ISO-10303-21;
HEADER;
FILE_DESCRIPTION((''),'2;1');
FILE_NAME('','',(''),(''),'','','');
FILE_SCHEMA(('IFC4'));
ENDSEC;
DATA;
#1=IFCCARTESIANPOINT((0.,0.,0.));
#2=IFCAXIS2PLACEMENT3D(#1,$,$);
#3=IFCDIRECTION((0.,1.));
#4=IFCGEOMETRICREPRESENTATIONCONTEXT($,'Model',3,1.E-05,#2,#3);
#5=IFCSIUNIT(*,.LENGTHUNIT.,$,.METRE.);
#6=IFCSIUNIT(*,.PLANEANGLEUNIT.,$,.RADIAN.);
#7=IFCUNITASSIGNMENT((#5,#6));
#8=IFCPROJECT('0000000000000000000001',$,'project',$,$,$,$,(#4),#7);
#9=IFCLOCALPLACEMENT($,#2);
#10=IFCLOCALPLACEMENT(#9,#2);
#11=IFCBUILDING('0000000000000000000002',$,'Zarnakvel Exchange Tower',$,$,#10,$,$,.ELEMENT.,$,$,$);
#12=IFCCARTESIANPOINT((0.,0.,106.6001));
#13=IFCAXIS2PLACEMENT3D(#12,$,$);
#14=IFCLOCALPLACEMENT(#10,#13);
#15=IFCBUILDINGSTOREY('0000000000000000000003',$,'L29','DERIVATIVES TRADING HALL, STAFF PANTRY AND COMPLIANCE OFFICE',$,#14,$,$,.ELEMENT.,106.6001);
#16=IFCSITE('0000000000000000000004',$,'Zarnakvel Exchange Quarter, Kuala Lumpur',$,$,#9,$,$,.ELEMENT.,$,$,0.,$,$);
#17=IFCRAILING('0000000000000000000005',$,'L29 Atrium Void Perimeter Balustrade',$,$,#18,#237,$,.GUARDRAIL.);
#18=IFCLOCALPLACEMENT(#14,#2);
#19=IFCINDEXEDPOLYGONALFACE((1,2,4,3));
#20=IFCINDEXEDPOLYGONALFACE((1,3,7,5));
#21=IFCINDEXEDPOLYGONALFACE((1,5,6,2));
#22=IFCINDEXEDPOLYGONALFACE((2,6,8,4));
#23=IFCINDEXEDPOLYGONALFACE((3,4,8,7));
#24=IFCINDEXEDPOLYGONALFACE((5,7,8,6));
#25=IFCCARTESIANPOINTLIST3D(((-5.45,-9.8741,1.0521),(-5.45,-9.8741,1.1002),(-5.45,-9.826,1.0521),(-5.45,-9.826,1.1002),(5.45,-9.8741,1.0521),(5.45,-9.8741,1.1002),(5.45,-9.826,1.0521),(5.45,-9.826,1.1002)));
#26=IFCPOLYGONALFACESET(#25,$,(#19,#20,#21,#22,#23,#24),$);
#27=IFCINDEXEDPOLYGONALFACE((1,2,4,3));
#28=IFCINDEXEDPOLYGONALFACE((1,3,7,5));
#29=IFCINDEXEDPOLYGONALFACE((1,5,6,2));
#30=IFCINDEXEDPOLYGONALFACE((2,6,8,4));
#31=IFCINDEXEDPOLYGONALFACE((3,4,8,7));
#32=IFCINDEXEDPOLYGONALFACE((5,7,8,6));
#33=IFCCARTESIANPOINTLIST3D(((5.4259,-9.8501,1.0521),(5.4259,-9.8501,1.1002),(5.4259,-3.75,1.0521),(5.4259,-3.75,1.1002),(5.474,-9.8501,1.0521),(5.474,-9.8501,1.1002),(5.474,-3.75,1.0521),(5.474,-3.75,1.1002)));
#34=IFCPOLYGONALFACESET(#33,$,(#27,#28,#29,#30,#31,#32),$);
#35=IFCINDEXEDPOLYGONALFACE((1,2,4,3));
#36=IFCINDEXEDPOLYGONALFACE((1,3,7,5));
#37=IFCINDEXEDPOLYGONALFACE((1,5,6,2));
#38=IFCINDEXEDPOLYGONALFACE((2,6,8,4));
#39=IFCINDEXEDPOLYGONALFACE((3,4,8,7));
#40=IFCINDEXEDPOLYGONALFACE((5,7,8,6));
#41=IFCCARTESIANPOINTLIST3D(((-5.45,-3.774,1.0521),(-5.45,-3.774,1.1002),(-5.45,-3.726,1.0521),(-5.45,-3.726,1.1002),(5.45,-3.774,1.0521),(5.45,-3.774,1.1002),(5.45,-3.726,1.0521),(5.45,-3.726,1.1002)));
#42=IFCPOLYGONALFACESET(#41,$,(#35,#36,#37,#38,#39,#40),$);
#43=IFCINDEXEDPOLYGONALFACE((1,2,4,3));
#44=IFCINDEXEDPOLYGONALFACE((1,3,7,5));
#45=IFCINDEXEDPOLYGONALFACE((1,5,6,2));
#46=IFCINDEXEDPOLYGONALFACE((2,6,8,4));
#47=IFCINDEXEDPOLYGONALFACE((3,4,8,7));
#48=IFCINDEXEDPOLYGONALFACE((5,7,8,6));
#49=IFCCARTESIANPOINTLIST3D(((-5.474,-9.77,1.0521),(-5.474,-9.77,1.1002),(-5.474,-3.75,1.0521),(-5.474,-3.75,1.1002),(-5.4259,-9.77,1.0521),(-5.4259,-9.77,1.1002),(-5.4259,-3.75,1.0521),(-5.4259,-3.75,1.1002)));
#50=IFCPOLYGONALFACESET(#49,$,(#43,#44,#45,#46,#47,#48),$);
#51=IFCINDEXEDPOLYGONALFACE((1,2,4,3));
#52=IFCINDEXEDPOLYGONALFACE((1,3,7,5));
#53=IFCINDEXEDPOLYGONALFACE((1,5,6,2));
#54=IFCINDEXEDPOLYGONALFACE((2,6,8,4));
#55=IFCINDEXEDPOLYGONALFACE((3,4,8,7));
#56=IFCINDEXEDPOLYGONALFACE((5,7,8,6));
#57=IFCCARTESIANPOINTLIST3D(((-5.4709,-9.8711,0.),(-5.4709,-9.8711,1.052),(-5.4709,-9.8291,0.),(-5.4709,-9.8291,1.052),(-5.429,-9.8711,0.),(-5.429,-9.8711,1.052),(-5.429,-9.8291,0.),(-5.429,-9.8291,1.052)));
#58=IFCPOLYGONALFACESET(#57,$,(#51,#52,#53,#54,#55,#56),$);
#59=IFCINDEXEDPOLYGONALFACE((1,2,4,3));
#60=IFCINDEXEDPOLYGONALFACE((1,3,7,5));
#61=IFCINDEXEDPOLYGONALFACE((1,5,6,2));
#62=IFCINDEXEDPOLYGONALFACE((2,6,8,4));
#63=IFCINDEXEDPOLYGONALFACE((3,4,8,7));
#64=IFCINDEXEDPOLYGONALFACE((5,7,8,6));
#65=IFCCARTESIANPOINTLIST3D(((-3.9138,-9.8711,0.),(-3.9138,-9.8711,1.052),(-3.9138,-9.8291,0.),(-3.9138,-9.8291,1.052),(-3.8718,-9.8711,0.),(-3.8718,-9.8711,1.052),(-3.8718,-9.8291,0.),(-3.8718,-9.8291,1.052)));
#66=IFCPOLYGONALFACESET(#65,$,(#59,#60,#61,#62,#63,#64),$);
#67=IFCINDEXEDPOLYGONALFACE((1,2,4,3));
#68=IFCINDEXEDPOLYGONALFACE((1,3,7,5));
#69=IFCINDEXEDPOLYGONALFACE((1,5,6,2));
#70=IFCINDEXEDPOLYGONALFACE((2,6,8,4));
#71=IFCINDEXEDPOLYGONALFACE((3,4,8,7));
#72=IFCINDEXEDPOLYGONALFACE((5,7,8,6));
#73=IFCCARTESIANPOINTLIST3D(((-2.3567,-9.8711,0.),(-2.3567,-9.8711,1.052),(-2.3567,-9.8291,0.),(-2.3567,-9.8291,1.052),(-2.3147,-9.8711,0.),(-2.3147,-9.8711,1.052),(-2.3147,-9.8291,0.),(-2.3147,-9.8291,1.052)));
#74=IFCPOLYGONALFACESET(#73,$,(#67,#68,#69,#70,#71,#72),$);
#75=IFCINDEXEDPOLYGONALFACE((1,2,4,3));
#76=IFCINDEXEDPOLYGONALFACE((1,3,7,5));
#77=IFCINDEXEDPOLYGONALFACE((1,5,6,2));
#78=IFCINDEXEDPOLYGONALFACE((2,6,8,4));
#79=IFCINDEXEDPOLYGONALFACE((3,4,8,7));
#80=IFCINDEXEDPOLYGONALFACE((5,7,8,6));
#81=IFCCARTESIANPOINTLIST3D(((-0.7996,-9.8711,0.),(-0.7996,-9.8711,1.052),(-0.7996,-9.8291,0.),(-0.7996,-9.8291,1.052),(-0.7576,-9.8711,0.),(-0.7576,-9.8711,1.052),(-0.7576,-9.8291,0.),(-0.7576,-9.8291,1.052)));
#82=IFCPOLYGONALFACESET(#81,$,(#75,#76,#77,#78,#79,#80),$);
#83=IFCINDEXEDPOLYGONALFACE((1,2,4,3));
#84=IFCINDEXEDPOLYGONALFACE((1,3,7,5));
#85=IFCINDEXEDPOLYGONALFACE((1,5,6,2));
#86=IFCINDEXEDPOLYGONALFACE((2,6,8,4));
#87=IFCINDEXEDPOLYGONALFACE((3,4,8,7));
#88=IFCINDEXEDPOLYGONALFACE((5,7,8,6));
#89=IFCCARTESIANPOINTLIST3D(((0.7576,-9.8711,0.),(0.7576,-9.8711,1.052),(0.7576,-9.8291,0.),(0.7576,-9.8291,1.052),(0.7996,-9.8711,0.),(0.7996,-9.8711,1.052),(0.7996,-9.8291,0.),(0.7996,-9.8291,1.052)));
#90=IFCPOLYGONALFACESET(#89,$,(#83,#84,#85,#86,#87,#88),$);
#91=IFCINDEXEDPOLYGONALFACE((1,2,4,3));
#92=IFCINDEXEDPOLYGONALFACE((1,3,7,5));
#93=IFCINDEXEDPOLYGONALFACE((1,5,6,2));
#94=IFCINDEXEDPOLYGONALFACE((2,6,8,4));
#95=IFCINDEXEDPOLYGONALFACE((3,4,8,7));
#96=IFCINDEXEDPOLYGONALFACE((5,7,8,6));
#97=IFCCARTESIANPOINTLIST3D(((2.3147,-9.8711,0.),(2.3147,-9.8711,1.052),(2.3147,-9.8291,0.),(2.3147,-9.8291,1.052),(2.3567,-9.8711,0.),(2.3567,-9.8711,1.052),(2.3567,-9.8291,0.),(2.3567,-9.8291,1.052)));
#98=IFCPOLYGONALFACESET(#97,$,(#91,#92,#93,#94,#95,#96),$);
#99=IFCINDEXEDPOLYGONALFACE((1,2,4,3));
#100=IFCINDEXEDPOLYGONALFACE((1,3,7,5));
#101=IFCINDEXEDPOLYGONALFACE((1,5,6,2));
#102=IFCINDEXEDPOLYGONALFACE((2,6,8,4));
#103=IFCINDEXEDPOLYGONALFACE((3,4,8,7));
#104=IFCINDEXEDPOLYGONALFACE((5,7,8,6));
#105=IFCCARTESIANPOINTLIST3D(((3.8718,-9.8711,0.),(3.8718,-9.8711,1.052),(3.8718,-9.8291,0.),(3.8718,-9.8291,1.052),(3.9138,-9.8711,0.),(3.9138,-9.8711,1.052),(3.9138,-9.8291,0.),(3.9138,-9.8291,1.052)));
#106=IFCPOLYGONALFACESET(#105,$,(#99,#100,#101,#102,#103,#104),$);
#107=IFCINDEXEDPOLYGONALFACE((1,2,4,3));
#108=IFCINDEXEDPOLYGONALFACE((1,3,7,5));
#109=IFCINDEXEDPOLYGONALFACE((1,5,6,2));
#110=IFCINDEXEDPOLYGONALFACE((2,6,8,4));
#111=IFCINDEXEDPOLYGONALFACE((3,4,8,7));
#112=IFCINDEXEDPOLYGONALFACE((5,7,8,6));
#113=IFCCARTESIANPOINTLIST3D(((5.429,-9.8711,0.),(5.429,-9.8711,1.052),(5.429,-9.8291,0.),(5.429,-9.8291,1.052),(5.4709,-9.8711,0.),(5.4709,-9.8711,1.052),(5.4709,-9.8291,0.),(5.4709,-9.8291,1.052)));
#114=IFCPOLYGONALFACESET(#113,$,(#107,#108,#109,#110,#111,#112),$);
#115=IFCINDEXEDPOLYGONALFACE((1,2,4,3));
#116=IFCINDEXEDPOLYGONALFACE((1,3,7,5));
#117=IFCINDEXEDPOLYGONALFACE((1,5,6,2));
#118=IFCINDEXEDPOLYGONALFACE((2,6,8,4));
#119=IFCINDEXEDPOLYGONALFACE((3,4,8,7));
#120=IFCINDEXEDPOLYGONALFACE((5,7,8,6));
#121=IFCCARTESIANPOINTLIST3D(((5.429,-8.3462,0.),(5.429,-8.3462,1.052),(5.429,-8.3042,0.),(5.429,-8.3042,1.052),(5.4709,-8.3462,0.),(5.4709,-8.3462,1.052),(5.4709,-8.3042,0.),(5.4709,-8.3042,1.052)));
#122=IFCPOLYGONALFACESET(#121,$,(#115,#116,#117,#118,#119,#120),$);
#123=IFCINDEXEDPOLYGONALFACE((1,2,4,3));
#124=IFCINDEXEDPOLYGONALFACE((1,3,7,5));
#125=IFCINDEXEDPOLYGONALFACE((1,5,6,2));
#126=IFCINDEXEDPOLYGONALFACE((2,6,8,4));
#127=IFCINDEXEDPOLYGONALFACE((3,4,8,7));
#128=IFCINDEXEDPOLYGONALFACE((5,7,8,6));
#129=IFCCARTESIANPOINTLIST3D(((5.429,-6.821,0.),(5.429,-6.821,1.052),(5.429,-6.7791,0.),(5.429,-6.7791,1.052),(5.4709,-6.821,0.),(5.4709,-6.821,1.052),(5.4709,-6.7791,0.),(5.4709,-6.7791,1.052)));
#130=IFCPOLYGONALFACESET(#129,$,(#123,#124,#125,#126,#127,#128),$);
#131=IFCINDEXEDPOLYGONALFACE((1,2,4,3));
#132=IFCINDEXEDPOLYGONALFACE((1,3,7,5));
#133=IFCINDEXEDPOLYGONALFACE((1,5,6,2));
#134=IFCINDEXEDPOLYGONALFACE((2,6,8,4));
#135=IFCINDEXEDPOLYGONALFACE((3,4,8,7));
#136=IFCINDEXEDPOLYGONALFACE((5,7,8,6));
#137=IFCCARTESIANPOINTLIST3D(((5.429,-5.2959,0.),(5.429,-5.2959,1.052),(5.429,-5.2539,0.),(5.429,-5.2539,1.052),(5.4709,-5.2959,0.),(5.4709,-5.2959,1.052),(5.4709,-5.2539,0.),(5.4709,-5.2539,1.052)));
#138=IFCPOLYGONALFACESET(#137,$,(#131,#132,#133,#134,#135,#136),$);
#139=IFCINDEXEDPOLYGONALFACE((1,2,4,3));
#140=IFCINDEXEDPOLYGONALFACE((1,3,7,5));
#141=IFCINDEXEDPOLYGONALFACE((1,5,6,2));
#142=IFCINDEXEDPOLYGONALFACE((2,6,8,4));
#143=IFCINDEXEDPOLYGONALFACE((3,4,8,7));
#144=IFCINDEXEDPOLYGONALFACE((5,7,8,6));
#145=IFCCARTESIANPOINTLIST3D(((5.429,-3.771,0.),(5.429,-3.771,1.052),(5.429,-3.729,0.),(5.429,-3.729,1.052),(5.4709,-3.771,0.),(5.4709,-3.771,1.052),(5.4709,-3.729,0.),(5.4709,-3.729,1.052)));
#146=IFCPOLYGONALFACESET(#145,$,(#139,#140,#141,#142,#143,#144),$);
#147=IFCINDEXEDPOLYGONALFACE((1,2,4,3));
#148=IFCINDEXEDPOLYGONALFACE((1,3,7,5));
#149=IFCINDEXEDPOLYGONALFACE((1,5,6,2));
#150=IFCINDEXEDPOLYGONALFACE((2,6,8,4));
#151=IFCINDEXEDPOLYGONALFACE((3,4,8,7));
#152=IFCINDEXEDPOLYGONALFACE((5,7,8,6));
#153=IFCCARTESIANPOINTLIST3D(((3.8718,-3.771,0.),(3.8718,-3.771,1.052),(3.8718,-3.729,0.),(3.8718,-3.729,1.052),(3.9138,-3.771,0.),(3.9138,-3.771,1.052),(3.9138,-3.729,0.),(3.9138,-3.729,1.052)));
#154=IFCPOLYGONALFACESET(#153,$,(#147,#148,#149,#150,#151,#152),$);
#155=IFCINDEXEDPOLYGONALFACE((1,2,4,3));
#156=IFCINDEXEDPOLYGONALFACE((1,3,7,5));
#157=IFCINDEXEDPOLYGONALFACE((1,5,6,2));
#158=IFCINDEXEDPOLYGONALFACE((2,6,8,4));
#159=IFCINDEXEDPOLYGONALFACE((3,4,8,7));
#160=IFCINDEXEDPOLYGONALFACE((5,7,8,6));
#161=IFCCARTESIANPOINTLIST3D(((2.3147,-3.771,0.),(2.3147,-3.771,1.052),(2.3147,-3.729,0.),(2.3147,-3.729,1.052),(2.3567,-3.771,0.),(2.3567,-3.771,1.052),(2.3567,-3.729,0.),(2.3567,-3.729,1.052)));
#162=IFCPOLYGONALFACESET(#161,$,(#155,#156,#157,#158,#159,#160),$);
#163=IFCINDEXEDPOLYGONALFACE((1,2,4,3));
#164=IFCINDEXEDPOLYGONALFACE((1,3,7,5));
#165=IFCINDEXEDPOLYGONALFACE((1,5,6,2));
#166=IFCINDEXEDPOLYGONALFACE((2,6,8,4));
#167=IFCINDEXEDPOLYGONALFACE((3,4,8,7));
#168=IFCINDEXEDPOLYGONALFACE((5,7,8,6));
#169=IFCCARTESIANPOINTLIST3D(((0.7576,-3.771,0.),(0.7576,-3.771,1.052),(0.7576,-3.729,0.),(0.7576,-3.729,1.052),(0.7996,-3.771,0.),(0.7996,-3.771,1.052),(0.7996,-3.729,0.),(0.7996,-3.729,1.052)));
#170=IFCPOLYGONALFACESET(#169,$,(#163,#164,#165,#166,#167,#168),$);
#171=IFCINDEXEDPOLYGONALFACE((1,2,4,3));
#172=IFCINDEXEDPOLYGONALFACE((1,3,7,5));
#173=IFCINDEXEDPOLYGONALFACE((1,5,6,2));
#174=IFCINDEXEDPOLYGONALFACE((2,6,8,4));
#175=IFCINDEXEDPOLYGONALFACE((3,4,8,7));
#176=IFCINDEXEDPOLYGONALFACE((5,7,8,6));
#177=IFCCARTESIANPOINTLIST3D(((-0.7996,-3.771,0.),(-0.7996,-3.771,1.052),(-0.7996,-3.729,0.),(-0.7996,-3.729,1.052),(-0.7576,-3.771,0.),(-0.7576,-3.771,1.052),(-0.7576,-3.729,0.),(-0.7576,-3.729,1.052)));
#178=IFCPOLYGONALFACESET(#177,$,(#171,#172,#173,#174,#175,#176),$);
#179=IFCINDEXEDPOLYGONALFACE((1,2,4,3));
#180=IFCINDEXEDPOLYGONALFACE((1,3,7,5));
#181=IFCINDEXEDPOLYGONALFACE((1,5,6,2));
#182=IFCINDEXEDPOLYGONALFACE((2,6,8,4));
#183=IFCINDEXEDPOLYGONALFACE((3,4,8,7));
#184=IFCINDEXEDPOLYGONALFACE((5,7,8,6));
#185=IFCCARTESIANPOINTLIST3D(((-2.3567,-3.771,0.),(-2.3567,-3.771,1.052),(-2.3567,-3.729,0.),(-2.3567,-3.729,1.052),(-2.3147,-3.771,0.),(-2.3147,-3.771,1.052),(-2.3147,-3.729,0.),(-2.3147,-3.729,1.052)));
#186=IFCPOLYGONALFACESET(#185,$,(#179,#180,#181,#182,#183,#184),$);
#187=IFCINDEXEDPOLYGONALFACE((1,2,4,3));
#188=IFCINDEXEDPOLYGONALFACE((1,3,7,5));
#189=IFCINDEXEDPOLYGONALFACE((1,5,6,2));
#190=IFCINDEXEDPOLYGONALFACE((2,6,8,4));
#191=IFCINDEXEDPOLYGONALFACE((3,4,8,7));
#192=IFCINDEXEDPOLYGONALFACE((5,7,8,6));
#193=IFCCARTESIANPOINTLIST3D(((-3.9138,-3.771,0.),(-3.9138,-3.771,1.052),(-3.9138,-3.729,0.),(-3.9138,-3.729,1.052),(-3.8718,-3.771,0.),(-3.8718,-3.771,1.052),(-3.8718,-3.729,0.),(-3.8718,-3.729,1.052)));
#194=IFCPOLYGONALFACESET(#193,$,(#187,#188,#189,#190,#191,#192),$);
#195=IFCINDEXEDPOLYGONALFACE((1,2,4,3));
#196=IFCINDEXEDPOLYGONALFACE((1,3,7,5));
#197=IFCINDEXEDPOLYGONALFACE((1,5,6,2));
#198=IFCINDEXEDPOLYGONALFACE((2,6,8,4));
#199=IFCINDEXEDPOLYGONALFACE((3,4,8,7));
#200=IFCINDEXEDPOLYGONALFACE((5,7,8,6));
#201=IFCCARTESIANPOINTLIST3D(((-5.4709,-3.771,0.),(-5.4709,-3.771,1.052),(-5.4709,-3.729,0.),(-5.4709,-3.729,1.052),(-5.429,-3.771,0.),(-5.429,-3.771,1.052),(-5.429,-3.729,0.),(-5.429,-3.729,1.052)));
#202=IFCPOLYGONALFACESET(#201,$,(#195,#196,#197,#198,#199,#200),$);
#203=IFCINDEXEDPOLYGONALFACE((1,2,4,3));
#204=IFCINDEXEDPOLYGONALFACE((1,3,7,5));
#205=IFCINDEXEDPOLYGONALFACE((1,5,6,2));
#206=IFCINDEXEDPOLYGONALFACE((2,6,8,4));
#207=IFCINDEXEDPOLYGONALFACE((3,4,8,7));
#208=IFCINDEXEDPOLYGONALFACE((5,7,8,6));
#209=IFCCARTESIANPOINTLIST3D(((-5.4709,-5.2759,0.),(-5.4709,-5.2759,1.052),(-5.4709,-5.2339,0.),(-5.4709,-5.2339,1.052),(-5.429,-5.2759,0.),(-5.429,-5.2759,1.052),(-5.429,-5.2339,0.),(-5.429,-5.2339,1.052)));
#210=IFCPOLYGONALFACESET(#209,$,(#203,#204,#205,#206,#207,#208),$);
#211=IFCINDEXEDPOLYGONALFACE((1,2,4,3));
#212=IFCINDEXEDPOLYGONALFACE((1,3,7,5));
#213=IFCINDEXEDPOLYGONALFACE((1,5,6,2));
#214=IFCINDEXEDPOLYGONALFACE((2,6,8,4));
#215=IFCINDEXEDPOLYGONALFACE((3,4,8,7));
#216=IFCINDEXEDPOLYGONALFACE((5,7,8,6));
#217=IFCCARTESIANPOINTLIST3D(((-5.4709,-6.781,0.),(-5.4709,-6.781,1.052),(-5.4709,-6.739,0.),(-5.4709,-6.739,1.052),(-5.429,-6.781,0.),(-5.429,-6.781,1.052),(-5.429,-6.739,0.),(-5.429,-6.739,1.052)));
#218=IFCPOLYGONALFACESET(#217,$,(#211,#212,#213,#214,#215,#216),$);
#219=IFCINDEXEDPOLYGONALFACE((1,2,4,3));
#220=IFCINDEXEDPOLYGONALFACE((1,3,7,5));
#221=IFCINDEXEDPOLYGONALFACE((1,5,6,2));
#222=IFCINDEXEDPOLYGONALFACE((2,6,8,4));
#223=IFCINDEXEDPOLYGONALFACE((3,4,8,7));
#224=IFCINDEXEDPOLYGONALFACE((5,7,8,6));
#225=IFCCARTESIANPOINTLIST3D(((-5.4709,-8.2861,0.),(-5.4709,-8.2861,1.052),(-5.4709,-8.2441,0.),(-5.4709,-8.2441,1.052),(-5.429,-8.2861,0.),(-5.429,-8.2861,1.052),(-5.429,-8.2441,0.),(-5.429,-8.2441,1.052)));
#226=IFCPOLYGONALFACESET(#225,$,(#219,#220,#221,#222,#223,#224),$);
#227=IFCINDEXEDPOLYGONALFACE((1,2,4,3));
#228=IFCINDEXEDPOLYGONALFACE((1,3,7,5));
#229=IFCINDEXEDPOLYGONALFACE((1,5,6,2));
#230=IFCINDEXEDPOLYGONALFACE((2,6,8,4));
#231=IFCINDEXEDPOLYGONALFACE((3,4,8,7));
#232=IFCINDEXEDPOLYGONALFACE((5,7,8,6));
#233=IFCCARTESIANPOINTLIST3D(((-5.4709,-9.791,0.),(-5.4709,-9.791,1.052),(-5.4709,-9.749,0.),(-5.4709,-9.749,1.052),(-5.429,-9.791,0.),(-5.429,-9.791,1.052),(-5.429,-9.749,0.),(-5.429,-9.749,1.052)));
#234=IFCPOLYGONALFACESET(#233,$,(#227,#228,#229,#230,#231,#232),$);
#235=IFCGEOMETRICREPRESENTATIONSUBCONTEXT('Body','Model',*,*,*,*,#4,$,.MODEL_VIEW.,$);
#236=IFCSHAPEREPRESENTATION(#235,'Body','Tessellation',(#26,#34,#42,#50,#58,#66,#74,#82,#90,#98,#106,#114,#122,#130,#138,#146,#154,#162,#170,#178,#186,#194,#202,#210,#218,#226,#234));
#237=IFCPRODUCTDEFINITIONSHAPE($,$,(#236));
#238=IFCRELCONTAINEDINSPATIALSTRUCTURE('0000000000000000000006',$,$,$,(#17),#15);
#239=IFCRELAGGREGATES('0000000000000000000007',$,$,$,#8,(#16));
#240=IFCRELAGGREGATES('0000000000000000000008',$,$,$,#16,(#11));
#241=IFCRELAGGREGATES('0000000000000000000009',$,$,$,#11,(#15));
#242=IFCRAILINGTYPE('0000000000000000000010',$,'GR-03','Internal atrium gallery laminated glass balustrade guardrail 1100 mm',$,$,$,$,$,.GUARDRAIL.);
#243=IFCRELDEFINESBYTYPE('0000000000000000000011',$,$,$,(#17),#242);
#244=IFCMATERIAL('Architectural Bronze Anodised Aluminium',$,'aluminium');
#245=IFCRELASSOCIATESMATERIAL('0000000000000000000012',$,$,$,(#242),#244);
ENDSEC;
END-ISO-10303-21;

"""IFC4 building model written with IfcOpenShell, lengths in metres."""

from ifc_helpers import new_model, si_unit, direction, frame, origin, origin_2d, place, context, subcontext, project, spatial, rectangle, extrude, material, type_object, element, save


model = new_model("IFC4")

# Units and contexts
model_context = context("Model", 3, precision=1e-05, world=origin(), true_north=direction((0.0, 1.0)))
body_context = subcontext(model_context, "Body", "Model", "MODEL_VIEW")
ifc_project = project(units=[si_unit("LENGTHUNIT", "METRE"), si_unit("PLANEANGLEUNIT", "RADIAN")], contexts=[model_context])

# Site, building, storey
site_placement = place(None, origin())
site = spatial("IfcSite", under=ifc_project, at=site_placement, Name="Zarnakvel Exchange Quarter, Kuala Lumpur", CompositionType="ELEMENT", RefElevation=0.0)
building_placement = place(site_placement, origin())
building = spatial("IfcBuilding", under=site, at=building_placement, Name="Zarnakvel Exchange Tower", CompositionType="ELEMENT")
storey_placement = place(building_placement, frame((0.0, 0.0, 106.6001)))
storey = spatial("IfcBuildingStorey", under=building, at=storey_placement, Name="L29", Description="DERIVATIVES TRADING HALL, STAFF PANTRY AND COMPLIANCE OFFICE", CompositionType="ELEMENT", Elevation=106.6001)

# Railing
ifc_material_1 = material(Name="Architectural Bronze Anodised Aluminium", Category="aluminium")
railing_type = type_object("IfcRailingType", Name="GR-03", Description="Internal atrium gallery laminated glass balustrade guardrail 1100 mm", PredefinedType="GUARDRAIL", material=ifc_material_1)
railing_placement = place(storey_placement, frame((-5.45, -9.8501, 0.0)))
element("IfcRailing", 1, at=railing_placement, inside=storey, type_object=railing_type, Name="L29 Atrium Void Perimeter Balustrade", PredefinedType="GUARDRAIL", context=body_context, shape_type="SweptSolid", body=[
    extrude(rectangle(XDim=0.0481, YDim=0.0481, at=origin_2d()), frame((0.0, 0.0, 1.0762), z_axis=(1.0, 0.0, 0.0), x_axis=(0.0, 1.0, 0.0)), (0.0, 0.0, 1.0), 10.8999),
    extrude(rectangle(XDim=0.0481, YDim=0.0481, at=origin_2d()), frame((10.8999, 0.0, 1.0762), z_axis=(0.0, 1.0, 0.0), x_axis=(-1.0, 0.0, 0.0)), (0.0, 0.0, 1.0), 6.1001),
    extrude(rectangle(XDim=0.0481, YDim=0.0481, at=origin_2d()), frame((10.8999, 6.1001, 1.0762), z_axis=(-1.0, 0.0, 0.0), x_axis=(0.0, -1.0, 0.0)), (0.0, 0.0, 1.0), 10.8999),
    extrude(rectangle(XDim=0.0481, YDim=0.0481, at=origin_2d()), frame((0.0, 6.1001, 1.0762), z_axis=(0.0, -1.0, 0.0), x_axis=(1.0, 0.0, 0.0)), (0.0, 0.0, 1.0), 6.02),
    extrude(rectangle(XDim=0.042, YDim=0.042, at=origin_2d()), origin(), (0.0, 0.0, 1.0), 1.052),
    extrude(rectangle(XDim=0.042, YDim=0.042, at=origin_2d()), frame((1.5571, 0.0, 0.0)), (0.0, 0.0, 1.0), 1.052),
    extrude(rectangle(XDim=0.042, YDim=0.042, at=origin_2d()), frame((3.1143, 0.0, 0.0)), (0.0, 0.0, 1.0), 1.052),
    extrude(rectangle(XDim=0.042, YDim=0.042, at=origin_2d()), frame((4.6714, 0.0, 0.0)), (0.0, 0.0, 1.0), 1.052),
    extrude(rectangle(XDim=0.042, YDim=0.042, at=origin_2d()), frame((6.2285, 0.0, 0.0)), (0.0, 0.0, 1.0), 1.052),
    extrude(rectangle(XDim=0.042, YDim=0.042, at=origin_2d()), frame((7.7856, 0.0, 0.0)), (0.0, 0.0, 1.0), 1.052),
    extrude(rectangle(XDim=0.042, YDim=0.042, at=origin_2d()), frame((9.3428, 0.0, 0.0)), (0.0, 0.0, 1.0), 1.052),
    extrude(rectangle(XDim=0.042, YDim=0.042, at=origin_2d()), frame((10.8999, 0.0, 0.0)), (0.0, 0.0, 1.0), 1.052),
    extrude(rectangle(XDim=0.042, YDim=0.042, at=origin_2d()), frame((10.8999, 1.5249, 0.0)), (0.0, 0.0, 1.0), 1.052),
    extrude(rectangle(XDim=0.042, YDim=0.042, at=origin_2d()), frame((10.8999, 3.05, 0.0)), (0.0, 0.0, 1.0), 1.052),
    extrude(rectangle(XDim=0.042, YDim=0.042, at=origin_2d()), frame((10.8999, 4.5752, 0.0)), (0.0, 0.0, 1.0), 1.052),
    extrude(rectangle(XDim=0.042, YDim=0.042, at=origin_2d()), frame((10.8999, 6.1001, 0.0)), (0.0, 0.0, 1.0), 1.052),
    extrude(rectangle(XDim=0.042, YDim=0.042, at=origin_2d()), frame((9.3428, 6.1001, 0.0)), (0.0, 0.0, 1.0), 1.052),
    extrude(rectangle(XDim=0.042, YDim=0.042, at=origin_2d()), frame((7.7856, 6.1001, 0.0)), (0.0, 0.0, 1.0), 1.052),
    extrude(rectangle(XDim=0.042, YDim=0.042, at=origin_2d()), frame((6.2285, 6.1001, 0.0)), (0.0, 0.0, 1.0), 1.052),
    extrude(rectangle(XDim=0.042, YDim=0.042, at=origin_2d()), frame((4.6714, 6.1001, 0.0)), (0.0, 0.0, 1.0), 1.052),
    extrude(rectangle(XDim=0.042, YDim=0.042, at=origin_2d()), frame((3.1143, 6.1001, 0.0)), (0.0, 0.0, 1.0), 1.052),
    extrude(rectangle(XDim=0.042, YDim=0.042, at=origin_2d()), frame((1.5571, 6.1001, 0.0)), (0.0, 0.0, 1.0), 1.052),
    extrude(rectangle(XDim=0.042, YDim=0.042, at=origin_2d()), frame((0.0, 6.1001, 0.0)), (0.0, 0.0, 1.0), 1.052),
    extrude(rectangle(XDim=0.042, YDim=0.042, at=origin_2d()), frame((0.0, 4.5952, 0.0)), (0.0, 0.0, 1.0), 1.052),
    extrude(rectangle(XDim=0.042, YDim=0.042, at=origin_2d()), frame((0.0, 3.0901, 0.0)), (0.0, 0.0, 1.0), 1.052),
    extrude(rectangle(XDim=0.042, YDim=0.042, at=origin_2d()), frame((0.0, 1.585, 0.0)), (0.0, 0.0, 1.0), 1.052),
    extrude(rectangle(XDim=0.042, YDim=0.042, at=origin_2d()), frame((0.0, 0.0801, 0.0)), (0.0, 0.0, 1.0), 1.052),
])

save(model, "model.ifc")
